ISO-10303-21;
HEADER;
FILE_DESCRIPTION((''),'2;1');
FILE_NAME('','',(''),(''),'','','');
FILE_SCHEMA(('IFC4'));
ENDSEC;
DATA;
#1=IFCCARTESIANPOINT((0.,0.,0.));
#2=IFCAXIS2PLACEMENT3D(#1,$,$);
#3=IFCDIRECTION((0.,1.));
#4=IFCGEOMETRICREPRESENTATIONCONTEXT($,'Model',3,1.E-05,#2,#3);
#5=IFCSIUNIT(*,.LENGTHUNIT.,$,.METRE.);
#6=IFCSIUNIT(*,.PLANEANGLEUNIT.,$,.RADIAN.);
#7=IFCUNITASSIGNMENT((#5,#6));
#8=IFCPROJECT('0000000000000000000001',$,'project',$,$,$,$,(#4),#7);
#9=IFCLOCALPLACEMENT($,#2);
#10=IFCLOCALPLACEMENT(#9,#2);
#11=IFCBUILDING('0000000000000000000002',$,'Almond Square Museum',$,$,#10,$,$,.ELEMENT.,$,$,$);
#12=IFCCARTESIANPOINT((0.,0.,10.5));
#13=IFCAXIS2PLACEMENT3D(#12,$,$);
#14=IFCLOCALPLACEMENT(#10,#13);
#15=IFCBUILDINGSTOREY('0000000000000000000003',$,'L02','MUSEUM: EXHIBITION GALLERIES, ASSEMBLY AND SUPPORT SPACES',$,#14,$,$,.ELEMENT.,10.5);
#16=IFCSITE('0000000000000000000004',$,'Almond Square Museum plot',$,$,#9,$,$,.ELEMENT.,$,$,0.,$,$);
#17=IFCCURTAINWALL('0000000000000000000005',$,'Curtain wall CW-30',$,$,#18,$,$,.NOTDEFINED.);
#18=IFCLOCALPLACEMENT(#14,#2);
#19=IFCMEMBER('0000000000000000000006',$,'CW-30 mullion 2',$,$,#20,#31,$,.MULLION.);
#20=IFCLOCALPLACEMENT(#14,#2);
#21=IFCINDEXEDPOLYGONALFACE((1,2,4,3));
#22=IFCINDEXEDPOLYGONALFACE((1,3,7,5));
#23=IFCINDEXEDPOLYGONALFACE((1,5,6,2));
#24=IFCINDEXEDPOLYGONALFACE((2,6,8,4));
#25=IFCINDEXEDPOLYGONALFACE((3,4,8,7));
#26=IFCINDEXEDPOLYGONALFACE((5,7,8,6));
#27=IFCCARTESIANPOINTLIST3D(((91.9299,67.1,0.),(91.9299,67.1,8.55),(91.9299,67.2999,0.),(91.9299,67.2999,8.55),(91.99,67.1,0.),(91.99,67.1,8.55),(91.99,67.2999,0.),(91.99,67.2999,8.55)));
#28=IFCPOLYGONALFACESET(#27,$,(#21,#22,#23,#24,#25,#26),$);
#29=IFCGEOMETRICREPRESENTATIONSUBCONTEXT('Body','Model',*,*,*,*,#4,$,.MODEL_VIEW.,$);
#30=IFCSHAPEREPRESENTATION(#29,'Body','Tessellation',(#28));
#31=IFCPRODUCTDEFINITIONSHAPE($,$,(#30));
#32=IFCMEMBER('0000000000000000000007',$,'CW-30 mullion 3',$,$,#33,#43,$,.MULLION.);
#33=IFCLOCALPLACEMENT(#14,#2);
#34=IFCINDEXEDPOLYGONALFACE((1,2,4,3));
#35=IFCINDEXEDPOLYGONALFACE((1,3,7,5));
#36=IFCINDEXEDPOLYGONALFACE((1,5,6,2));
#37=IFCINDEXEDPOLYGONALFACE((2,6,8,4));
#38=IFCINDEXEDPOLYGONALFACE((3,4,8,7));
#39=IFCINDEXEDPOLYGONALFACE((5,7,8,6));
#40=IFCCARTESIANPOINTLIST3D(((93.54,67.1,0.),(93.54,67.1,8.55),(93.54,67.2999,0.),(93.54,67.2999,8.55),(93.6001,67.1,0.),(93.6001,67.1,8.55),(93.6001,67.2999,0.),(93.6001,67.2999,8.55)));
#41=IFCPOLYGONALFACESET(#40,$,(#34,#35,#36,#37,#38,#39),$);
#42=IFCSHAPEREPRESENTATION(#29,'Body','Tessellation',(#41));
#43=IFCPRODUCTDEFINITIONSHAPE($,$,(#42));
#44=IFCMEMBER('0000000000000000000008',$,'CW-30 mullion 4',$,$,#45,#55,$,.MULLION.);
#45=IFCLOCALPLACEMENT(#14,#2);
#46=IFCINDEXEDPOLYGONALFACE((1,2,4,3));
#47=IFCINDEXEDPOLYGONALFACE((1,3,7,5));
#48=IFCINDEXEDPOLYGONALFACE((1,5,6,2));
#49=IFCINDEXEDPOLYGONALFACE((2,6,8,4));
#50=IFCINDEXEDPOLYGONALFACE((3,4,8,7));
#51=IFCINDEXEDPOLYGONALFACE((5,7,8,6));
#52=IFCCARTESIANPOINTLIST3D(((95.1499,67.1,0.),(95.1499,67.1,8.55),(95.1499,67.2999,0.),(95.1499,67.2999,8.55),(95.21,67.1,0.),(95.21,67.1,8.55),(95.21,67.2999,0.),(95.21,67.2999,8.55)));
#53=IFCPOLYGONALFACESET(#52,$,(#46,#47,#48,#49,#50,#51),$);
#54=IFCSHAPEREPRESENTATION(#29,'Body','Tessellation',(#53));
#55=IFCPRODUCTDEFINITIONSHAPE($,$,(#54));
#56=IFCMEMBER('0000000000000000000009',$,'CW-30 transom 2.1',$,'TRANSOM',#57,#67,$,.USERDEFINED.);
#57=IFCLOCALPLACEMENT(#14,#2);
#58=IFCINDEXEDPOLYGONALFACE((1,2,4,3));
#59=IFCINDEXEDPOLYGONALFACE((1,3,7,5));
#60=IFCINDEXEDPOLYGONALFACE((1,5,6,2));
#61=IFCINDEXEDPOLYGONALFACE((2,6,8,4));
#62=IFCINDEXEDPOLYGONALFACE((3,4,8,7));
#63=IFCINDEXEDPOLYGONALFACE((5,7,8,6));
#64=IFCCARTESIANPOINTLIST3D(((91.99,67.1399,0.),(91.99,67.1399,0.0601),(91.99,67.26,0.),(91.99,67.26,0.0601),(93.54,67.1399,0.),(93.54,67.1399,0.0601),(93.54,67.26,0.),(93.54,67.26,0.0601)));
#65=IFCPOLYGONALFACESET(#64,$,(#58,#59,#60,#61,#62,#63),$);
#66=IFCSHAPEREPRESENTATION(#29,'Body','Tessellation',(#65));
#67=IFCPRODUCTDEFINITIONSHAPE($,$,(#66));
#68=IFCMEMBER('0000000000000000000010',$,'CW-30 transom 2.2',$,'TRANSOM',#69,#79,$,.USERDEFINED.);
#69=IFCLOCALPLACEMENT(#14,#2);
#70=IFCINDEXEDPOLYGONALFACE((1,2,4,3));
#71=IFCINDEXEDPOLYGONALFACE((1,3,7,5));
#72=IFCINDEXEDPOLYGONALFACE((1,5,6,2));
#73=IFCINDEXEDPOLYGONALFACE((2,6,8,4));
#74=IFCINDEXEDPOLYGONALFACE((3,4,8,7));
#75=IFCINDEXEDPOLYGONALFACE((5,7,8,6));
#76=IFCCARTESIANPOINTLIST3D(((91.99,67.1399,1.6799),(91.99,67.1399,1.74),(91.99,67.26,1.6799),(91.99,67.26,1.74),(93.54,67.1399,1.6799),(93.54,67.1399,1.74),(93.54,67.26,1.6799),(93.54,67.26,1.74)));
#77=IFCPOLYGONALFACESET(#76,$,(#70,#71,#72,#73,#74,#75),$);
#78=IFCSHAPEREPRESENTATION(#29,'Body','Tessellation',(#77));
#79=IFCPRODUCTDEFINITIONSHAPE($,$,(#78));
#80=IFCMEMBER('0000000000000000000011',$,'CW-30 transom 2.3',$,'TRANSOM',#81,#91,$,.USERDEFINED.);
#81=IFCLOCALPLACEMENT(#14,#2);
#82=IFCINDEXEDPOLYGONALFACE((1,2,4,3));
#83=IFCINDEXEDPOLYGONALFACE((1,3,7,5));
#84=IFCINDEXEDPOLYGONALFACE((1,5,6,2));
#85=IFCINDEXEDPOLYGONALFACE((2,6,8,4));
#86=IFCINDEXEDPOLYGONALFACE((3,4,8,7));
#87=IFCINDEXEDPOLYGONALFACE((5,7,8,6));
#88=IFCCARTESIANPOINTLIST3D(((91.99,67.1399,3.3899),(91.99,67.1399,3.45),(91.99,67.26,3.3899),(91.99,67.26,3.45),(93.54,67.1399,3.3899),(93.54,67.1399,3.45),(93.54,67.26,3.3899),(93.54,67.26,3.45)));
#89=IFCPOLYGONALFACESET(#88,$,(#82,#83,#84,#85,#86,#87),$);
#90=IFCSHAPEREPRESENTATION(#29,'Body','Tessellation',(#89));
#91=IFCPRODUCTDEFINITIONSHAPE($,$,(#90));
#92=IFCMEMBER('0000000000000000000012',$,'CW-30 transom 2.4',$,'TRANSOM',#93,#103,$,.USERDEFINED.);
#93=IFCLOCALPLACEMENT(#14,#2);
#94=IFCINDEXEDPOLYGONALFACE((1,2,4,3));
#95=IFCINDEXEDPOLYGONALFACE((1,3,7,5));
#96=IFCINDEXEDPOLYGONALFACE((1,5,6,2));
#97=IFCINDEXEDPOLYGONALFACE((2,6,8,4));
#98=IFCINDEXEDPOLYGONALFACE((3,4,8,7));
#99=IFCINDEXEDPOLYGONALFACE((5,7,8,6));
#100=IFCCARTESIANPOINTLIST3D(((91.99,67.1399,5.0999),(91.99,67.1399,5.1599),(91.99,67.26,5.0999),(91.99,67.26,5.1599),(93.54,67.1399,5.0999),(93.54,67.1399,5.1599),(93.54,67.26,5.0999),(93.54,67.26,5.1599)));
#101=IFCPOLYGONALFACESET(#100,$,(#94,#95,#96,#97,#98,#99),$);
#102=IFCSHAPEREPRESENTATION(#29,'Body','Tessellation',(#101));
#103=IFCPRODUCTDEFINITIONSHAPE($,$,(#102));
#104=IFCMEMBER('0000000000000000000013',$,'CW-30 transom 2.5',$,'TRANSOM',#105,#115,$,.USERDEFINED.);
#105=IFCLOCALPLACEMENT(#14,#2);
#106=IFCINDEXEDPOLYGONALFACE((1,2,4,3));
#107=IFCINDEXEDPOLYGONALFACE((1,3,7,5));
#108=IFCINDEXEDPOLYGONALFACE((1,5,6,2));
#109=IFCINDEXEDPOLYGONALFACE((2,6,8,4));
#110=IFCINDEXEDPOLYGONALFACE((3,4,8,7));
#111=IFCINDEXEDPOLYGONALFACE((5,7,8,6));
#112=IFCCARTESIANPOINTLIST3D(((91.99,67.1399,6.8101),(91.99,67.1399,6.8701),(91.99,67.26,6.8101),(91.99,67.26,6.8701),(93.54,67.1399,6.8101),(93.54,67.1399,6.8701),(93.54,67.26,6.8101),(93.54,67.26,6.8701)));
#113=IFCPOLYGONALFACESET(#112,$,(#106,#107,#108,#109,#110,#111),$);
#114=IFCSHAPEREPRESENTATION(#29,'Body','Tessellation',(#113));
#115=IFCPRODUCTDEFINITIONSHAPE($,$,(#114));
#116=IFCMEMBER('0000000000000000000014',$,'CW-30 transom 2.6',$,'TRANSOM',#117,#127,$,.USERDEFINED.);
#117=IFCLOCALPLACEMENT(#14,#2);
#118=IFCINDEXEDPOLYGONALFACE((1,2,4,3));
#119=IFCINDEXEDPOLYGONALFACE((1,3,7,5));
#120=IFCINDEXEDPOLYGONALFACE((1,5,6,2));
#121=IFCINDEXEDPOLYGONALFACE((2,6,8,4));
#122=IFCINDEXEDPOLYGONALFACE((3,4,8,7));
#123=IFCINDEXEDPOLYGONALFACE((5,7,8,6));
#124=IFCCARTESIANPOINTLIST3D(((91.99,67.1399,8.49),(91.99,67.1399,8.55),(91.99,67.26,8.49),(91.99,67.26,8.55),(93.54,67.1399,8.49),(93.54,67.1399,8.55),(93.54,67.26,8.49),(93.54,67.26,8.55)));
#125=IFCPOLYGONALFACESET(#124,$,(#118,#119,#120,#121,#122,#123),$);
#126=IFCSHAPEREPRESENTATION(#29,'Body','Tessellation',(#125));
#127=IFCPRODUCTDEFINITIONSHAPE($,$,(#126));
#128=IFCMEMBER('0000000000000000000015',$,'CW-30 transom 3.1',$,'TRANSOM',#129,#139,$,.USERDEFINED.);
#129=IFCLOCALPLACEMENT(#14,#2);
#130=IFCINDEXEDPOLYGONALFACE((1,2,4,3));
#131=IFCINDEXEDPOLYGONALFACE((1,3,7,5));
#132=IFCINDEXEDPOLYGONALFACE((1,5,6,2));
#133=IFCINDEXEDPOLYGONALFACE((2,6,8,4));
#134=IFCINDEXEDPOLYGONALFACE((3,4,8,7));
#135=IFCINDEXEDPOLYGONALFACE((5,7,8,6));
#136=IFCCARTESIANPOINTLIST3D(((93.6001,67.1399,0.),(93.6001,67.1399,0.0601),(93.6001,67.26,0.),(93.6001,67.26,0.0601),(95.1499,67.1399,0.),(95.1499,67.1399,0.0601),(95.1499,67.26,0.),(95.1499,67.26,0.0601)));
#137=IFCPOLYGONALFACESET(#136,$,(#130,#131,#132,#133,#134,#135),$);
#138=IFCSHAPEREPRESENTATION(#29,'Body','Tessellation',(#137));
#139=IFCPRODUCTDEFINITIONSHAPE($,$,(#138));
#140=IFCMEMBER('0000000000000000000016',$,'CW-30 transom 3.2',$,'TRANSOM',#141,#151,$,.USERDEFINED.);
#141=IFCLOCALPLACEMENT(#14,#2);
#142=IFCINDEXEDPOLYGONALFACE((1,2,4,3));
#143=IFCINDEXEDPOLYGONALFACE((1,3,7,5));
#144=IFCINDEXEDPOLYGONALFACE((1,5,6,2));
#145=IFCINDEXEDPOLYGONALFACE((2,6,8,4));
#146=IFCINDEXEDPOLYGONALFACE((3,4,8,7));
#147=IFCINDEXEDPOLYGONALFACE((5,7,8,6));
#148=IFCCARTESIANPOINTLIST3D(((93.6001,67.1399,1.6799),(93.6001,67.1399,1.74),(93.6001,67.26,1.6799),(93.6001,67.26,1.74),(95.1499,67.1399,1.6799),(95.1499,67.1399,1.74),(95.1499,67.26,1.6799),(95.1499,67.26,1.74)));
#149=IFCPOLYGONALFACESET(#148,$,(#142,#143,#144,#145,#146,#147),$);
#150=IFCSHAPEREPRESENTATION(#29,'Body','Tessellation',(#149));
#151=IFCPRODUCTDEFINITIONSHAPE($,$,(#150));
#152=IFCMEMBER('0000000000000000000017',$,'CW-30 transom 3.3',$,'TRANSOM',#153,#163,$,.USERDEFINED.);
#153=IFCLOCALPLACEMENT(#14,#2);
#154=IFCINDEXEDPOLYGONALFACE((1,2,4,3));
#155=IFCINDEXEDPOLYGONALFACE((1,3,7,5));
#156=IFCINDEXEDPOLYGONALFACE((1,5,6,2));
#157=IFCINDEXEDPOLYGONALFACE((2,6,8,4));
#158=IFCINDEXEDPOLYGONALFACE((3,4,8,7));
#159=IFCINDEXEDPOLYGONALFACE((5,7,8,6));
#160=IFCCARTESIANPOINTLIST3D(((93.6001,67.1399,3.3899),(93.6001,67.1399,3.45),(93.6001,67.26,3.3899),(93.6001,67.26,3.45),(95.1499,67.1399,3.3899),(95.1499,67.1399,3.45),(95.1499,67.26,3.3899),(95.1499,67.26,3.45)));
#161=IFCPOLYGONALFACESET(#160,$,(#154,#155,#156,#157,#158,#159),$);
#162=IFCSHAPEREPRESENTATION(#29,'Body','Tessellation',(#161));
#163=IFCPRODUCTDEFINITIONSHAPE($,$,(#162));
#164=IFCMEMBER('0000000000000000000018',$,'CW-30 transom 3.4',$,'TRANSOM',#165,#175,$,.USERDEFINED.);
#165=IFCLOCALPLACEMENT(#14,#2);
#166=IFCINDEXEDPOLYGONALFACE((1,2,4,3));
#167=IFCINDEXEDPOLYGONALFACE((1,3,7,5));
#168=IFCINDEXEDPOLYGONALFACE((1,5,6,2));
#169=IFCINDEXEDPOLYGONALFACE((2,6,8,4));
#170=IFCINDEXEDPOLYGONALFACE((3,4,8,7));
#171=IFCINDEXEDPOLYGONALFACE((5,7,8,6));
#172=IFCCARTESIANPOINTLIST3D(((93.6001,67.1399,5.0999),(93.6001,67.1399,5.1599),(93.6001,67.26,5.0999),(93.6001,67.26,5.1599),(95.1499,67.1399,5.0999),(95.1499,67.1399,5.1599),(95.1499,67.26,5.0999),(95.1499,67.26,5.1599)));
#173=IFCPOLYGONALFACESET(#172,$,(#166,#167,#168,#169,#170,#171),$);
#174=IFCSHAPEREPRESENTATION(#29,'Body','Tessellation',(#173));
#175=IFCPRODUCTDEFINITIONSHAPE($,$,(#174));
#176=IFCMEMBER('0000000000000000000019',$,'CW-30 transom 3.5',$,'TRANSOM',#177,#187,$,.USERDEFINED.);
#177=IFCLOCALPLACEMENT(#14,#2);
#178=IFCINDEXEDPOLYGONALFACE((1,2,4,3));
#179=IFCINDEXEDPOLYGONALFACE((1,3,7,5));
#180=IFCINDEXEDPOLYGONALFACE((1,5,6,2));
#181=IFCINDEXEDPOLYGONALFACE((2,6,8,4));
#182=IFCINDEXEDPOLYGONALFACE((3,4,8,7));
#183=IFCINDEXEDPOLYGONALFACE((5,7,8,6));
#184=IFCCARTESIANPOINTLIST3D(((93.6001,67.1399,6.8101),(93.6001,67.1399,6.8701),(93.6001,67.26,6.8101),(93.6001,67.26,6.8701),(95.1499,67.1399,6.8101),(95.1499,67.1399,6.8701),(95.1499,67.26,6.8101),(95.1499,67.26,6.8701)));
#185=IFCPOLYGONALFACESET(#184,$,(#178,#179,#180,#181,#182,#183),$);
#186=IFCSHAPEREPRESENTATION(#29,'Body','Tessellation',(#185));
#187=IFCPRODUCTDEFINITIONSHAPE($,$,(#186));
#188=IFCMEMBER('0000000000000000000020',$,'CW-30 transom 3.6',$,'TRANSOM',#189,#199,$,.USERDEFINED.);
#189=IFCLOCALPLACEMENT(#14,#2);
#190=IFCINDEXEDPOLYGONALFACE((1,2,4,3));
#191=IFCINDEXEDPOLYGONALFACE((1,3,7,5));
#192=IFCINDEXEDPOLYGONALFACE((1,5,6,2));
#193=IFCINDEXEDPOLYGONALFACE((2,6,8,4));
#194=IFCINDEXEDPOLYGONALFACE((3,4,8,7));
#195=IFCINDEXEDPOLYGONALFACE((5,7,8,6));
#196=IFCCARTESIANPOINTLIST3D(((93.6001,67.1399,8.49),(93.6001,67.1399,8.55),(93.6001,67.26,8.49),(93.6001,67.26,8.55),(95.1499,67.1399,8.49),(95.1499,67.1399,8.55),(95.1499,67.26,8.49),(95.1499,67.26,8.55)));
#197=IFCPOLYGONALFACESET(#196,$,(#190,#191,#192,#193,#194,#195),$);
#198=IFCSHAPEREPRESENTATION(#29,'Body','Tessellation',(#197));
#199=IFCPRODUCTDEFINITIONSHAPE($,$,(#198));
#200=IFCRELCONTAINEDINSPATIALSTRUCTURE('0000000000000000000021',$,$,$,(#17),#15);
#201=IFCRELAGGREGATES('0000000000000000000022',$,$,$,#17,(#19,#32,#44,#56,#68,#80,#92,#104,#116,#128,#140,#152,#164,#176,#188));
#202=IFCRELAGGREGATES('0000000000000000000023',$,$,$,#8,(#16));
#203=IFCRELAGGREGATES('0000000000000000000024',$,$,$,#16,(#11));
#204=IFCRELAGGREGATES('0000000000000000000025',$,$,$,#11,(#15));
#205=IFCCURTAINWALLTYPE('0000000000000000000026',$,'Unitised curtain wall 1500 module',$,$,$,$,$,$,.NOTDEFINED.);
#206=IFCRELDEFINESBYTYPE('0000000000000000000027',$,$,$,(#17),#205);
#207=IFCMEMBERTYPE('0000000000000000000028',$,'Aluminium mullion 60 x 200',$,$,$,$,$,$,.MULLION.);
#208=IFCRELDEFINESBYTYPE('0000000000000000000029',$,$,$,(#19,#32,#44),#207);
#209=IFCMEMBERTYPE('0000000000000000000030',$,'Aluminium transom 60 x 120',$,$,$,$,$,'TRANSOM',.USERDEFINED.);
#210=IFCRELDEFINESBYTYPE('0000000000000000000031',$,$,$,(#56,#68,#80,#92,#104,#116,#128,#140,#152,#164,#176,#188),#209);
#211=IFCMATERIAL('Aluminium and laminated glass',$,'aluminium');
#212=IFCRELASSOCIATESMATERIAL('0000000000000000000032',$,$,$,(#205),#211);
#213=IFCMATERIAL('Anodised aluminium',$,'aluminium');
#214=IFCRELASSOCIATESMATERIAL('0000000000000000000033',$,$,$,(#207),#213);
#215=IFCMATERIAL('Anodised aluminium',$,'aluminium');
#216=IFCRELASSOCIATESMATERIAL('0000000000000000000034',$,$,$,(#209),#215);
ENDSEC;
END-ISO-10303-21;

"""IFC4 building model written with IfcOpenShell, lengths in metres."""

from ifc_helpers import new_model, si_unit, direction, frame, origin, origin_2d, place, context, subcontext, project, spatial, rectangle, extrude, material, material_profile, profile_set, type_object, element, aggregate, save


model = new_model("IFC4")

# Units and contexts
model_context = context("Model", 3, precision=1e-05, world=origin(), true_north=direction((0.0, 1.0)))
body_context = subcontext(model_context, "Body", "Model", "MODEL_VIEW")
ifc_project = project(units=[si_unit("LENGTHUNIT", "METRE"), si_unit("PLANEANGLEUNIT", "RADIAN")], contexts=[model_context])

# Site, building, storey
site_placement = place(None, origin())
site = spatial("IfcSite", under=ifc_project, at=site_placement, Name="Almond Square Museum plot", CompositionType="ELEMENT", RefElevation=0.0)
building_placement = place(site_placement, origin())
building = spatial("IfcBuilding", under=site, at=building_placement, Name="Almond Square Museum", CompositionType="ELEMENT")
storey_placement = place(building_placement, frame((0.0, 0.0, 10.5)))
storey = spatial("IfcBuildingStorey", under=building, at=storey_placement, Name="L02", Description="MUSEUM: EXHIBITION GALLERIES, ASSEMBLY AND SUPPORT SPACES", CompositionType="ELEMENT", Elevation=10.5)

# Curtain wall, members
ifc_material_1 = material(Name="Aluminium and laminated glass", Category="aluminium")
curtain_wall_type = type_object("IfcCurtainWallType", Name="Unitised curtain wall 1500 module", PredefinedType="NOTDEFINED", material=ifc_material_1)
curtain_wall_placement = place(storey_placement, origin())
curtain_wall = element("IfcCurtainWall", 1, at=curtain_wall_placement, inside=storey, type_object=curtain_wall_type, Name="Curtain wall CW-30", PredefinedType="NOTDEFINED")
ifc_material_2 = material(Name="Anodised aluminium", Category="aluminium")
ifc_material_profile_1 = material_profile(ifc_material_2, rectangle(XDim=0.2, YDim=0.0601, at=origin_2d()))
ifc_profile_set_1 = profile_set([ifc_material_profile_1], Name="Anodised aluminium")
member_type_1 = type_object("IfcMemberType", Name="Aluminium mullion 60 x 200", PredefinedType="MULLION", material=ifc_profile_set_1)
member_1_placement = place(storey_placement, frame((91.96, 67.2, 0.0), z_axis=(0.0, 0.0, 1.0), x_axis=(0.0, 1.0, 0.0)))
member_1 = element("IfcMember", 2, at=member_1_placement, type_object=member_type_1, Name="CW-30 mullion 2", PredefinedType="MULLION", context=body_context, shape_type="SweptSolid", body=[
    extrude(rectangle(XDim=0.2, YDim=0.0601, at=origin_2d()), origin(), (0.0, 0.0, 1.0), 8.55),
])
member_2_placement = place(storey_placement, frame((93.5701, 67.2, 0.0), z_axis=(0.0, 0.0, 1.0), x_axis=(0.0, 1.0, 0.0)))
member_2 = element("IfcMember", 3, at=member_2_placement, type_object=member_type_1, Name="CW-30 mullion 3", PredefinedType="MULLION", context=body_context, shape_type="SweptSolid", body=[
    extrude(rectangle(XDim=0.2, YDim=0.0601, at=origin_2d()), origin(), (0.0, 0.0, 1.0), 8.55),
])
member_3_placement = place(storey_placement, frame((95.1799, 67.2, 0.0), z_axis=(0.0, 0.0, 1.0), x_axis=(0.0, 1.0, 0.0)))
member_3 = element("IfcMember", 4, at=member_3_placement, type_object=member_type_1, Name="CW-30 mullion 4", PredefinedType="MULLION", context=body_context, shape_type="SweptSolid", body=[
    extrude(rectangle(XDim=0.2, YDim=0.0601, at=origin_2d()), origin(), (0.0, 0.0, 1.0), 8.55),
])
ifc_material_3 = material(Name="Anodised aluminium", Category="aluminium")
ifc_material_profile_2 = material_profile(ifc_material_3, rectangle(XDim=0.1201, YDim=0.0601, at=origin_2d()))
ifc_profile_set_2 = profile_set([ifc_material_profile_2], Name="Anodised aluminium")
member_type_2 = type_object("IfcMemberType", Name="Aluminium transom 60 x 120", ElementType="TRANSOM", PredefinedType="USERDEFINED", material=ifc_profile_set_2)
member_4_placement = place(storey_placement, frame((91.99, 67.2, 0.03), z_axis=(1.0, 0.0, 0.0), x_axis=(0.0, 1.0, 0.0)))
member_4 = element("IfcMember", 5, at=member_4_placement, type_object=member_type_2, Name="CW-30 transom 2.1", ObjectType="TRANSOM", PredefinedType="USERDEFINED", context=body_context, shape_type="SweptSolid", body=[
    extrude(rectangle(XDim=0.1201, YDim=0.0601, at=origin_2d()), origin(), (0.0, 0.0, 1.0), 1.55),
])
member_5_placement = place(storey_placement, frame((91.99, 67.2, 1.71), z_axis=(1.0, 0.0, 0.0), x_axis=(0.0, 1.0, 0.0)))
member_5 = element("IfcMember", 6, at=member_5_placement, type_object=member_type_2, Name="CW-30 transom 2.2", ObjectType="TRANSOM", PredefinedType="USERDEFINED", context=body_context, shape_type="SweptSolid", body=[
    extrude(rectangle(XDim=0.1201, YDim=0.0601, at=origin_2d()), origin(), (0.0, 0.0, 1.0), 1.55),
])
member_6_placement = place(storey_placement, frame((91.99, 67.2, 3.4199), z_axis=(1.0, 0.0, 0.0), x_axis=(0.0, 1.0, 0.0)))
member_6 = element("IfcMember", 7, at=member_6_placement, type_object=member_type_2, Name="CW-30 transom 2.3", ObjectType="TRANSOM", PredefinedType="USERDEFINED", context=body_context, shape_type="SweptSolid", body=[
    extrude(rectangle(XDim=0.1201, YDim=0.0601, at=origin_2d()), origin(), (0.0, 0.0, 1.0), 1.55),
])
member_7_placement = place(storey_placement, frame((91.99, 67.2, 5.1299), z_axis=(1.0, 0.0, 0.0), x_axis=(0.0, 1.0, 0.0)))
member_7 = element("IfcMember", 8, at=member_7_placement, type_object=member_type_2, Name="CW-30 transom 2.4", ObjectType="TRANSOM", PredefinedType="USERDEFINED", context=body_context, shape_type="SweptSolid", body=[
    extrude(rectangle(XDim=0.1201, YDim=0.0601, at=origin_2d()), origin(), (0.0, 0.0, 1.0), 1.55),
])
member_8_placement = place(storey_placement, frame((91.99, 67.2, 6.8401), z_axis=(1.0, 0.0, 0.0), x_axis=(0.0, 1.0, 0.0)))
member_8 = element("IfcMember", 9, at=member_8_placement, type_object=member_type_2, Name="CW-30 transom 2.5", ObjectType="TRANSOM", PredefinedType="USERDEFINED", context=body_context, shape_type="SweptSolid", body=[
    extrude(rectangle(XDim=0.1201, YDim=0.0601, at=origin_2d()), origin(), (0.0, 0.0, 1.0), 1.55),
])
member_9_placement = place(storey_placement, frame((91.99, 67.2, 8.52), z_axis=(1.0, 0.0, 0.0), x_axis=(0.0, 1.0, 0.0)))
member_9 = element("IfcMember", 10, at=member_9_placement, type_object=member_type_2, Name="CW-30 transom 2.6", ObjectType="TRANSOM", PredefinedType="USERDEFINED", context=body_context, shape_type="SweptSolid", body=[
    extrude(rectangle(XDim=0.1201, YDim=0.0601, at=origin_2d()), origin(), (0.0, 0.0, 1.0), 1.55),
])
member_10_placement = place(storey_placement, frame((93.6001, 67.2, 0.03), z_axis=(1.0, 0.0, 0.0), x_axis=(0.0, 1.0, 0.0)))
member_10 = element("IfcMember", 11, at=member_10_placement, type_object=member_type_2, Name="CW-30 transom 3.1", ObjectType="TRANSOM", PredefinedType="USERDEFINED", context=body_context, shape_type="SweptSolid", body=[
    extrude(rectangle(XDim=0.1201, YDim=0.0601, at=origin_2d()), origin(), (0.0, 0.0, 1.0), 1.5498),
])
member_11_placement = place(storey_placement, frame((93.6001, 67.2, 1.71), z_axis=(1.0, 0.0, 0.0), x_axis=(0.0, 1.0, 0.0)))
member_11 = element("IfcMember", 12, at=member_11_placement, type_object=member_type_2, Name="CW-30 transom 3.2", ObjectType="TRANSOM", PredefinedType="USERDEFINED", context=body_context, shape_type="SweptSolid", body=[
    extrude(rectangle(XDim=0.1201, YDim=0.0601, at=origin_2d()), origin(), (0.0, 0.0, 1.0), 1.5498),
])
member_12_placement = place(storey_placement, frame((93.6001, 67.2, 3.4199), z_axis=(1.0, 0.0, 0.0), x_axis=(0.0, 1.0, 0.0)))
member_12 = element("IfcMember", 13, at=member_12_placement, type_object=member_type_2, Name="CW-30 transom 3.3", ObjectType="TRANSOM", PredefinedType="USERDEFINED", context=body_context, shape_type="SweptSolid", body=[
    extrude(rectangle(XDim=0.1201, YDim=0.0601, at=origin_2d()), origin(), (0.0, 0.0, 1.0), 1.5498),
])
member_13_placement = place(storey_placement, frame((93.6001, 67.2, 5.1299), z_axis=(1.0, 0.0, 0.0), x_axis=(0.0, 1.0, 0.0)))
member_13 = element("IfcMember", 14, at=member_13_placement, type_object=member_type_2, Name="CW-30 transom 3.4", ObjectType="TRANSOM", PredefinedType="USERDEFINED", context=body_context, shape_type="SweptSolid", body=[
    extrude(rectangle(XDim=0.1201, YDim=0.0601, at=origin_2d()), origin(), (0.0, 0.0, 1.0), 1.5498),
])
member_14_placement = place(storey_placement, frame((93.6001, 67.2, 6.8401), z_axis=(1.0, 0.0, 0.0), x_axis=(0.0, 1.0, 0.0)))
member_14 = element("IfcMember", 15, at=member_14_placement, type_object=member_type_2, Name="CW-30 transom 3.5", ObjectType="TRANSOM", PredefinedType="USERDEFINED", context=body_context, shape_type="SweptSolid", body=[
    extrude(rectangle(XDim=0.1201, YDim=0.0601, at=origin_2d()), origin(), (0.0, 0.0, 1.0), 1.5498),
])
member_15_placement = place(storey_placement, frame((93.6001, 67.2, 8.52), z_axis=(1.0, 0.0, 0.0), x_axis=(0.0, 1.0, 0.0)))
member_15 = element("IfcMember", 16, at=member_15_placement, type_object=member_type_2, Name="CW-30 transom 3.6", ObjectType="TRANSOM", PredefinedType="USERDEFINED", context=body_context, shape_type="SweptSolid", body=[
    extrude(rectangle(XDim=0.1201, YDim=0.0601, at=origin_2d()), origin(), (0.0, 0.0, 1.0), 1.5498),
])
aggregate(curtain_wall, [member_1, member_2, member_3, member_4, member_5, member_6, member_7, member_8, member_9, member_10, member_11, member_12, member_13, member_14, member_15])

save(model, "model.ifc")
